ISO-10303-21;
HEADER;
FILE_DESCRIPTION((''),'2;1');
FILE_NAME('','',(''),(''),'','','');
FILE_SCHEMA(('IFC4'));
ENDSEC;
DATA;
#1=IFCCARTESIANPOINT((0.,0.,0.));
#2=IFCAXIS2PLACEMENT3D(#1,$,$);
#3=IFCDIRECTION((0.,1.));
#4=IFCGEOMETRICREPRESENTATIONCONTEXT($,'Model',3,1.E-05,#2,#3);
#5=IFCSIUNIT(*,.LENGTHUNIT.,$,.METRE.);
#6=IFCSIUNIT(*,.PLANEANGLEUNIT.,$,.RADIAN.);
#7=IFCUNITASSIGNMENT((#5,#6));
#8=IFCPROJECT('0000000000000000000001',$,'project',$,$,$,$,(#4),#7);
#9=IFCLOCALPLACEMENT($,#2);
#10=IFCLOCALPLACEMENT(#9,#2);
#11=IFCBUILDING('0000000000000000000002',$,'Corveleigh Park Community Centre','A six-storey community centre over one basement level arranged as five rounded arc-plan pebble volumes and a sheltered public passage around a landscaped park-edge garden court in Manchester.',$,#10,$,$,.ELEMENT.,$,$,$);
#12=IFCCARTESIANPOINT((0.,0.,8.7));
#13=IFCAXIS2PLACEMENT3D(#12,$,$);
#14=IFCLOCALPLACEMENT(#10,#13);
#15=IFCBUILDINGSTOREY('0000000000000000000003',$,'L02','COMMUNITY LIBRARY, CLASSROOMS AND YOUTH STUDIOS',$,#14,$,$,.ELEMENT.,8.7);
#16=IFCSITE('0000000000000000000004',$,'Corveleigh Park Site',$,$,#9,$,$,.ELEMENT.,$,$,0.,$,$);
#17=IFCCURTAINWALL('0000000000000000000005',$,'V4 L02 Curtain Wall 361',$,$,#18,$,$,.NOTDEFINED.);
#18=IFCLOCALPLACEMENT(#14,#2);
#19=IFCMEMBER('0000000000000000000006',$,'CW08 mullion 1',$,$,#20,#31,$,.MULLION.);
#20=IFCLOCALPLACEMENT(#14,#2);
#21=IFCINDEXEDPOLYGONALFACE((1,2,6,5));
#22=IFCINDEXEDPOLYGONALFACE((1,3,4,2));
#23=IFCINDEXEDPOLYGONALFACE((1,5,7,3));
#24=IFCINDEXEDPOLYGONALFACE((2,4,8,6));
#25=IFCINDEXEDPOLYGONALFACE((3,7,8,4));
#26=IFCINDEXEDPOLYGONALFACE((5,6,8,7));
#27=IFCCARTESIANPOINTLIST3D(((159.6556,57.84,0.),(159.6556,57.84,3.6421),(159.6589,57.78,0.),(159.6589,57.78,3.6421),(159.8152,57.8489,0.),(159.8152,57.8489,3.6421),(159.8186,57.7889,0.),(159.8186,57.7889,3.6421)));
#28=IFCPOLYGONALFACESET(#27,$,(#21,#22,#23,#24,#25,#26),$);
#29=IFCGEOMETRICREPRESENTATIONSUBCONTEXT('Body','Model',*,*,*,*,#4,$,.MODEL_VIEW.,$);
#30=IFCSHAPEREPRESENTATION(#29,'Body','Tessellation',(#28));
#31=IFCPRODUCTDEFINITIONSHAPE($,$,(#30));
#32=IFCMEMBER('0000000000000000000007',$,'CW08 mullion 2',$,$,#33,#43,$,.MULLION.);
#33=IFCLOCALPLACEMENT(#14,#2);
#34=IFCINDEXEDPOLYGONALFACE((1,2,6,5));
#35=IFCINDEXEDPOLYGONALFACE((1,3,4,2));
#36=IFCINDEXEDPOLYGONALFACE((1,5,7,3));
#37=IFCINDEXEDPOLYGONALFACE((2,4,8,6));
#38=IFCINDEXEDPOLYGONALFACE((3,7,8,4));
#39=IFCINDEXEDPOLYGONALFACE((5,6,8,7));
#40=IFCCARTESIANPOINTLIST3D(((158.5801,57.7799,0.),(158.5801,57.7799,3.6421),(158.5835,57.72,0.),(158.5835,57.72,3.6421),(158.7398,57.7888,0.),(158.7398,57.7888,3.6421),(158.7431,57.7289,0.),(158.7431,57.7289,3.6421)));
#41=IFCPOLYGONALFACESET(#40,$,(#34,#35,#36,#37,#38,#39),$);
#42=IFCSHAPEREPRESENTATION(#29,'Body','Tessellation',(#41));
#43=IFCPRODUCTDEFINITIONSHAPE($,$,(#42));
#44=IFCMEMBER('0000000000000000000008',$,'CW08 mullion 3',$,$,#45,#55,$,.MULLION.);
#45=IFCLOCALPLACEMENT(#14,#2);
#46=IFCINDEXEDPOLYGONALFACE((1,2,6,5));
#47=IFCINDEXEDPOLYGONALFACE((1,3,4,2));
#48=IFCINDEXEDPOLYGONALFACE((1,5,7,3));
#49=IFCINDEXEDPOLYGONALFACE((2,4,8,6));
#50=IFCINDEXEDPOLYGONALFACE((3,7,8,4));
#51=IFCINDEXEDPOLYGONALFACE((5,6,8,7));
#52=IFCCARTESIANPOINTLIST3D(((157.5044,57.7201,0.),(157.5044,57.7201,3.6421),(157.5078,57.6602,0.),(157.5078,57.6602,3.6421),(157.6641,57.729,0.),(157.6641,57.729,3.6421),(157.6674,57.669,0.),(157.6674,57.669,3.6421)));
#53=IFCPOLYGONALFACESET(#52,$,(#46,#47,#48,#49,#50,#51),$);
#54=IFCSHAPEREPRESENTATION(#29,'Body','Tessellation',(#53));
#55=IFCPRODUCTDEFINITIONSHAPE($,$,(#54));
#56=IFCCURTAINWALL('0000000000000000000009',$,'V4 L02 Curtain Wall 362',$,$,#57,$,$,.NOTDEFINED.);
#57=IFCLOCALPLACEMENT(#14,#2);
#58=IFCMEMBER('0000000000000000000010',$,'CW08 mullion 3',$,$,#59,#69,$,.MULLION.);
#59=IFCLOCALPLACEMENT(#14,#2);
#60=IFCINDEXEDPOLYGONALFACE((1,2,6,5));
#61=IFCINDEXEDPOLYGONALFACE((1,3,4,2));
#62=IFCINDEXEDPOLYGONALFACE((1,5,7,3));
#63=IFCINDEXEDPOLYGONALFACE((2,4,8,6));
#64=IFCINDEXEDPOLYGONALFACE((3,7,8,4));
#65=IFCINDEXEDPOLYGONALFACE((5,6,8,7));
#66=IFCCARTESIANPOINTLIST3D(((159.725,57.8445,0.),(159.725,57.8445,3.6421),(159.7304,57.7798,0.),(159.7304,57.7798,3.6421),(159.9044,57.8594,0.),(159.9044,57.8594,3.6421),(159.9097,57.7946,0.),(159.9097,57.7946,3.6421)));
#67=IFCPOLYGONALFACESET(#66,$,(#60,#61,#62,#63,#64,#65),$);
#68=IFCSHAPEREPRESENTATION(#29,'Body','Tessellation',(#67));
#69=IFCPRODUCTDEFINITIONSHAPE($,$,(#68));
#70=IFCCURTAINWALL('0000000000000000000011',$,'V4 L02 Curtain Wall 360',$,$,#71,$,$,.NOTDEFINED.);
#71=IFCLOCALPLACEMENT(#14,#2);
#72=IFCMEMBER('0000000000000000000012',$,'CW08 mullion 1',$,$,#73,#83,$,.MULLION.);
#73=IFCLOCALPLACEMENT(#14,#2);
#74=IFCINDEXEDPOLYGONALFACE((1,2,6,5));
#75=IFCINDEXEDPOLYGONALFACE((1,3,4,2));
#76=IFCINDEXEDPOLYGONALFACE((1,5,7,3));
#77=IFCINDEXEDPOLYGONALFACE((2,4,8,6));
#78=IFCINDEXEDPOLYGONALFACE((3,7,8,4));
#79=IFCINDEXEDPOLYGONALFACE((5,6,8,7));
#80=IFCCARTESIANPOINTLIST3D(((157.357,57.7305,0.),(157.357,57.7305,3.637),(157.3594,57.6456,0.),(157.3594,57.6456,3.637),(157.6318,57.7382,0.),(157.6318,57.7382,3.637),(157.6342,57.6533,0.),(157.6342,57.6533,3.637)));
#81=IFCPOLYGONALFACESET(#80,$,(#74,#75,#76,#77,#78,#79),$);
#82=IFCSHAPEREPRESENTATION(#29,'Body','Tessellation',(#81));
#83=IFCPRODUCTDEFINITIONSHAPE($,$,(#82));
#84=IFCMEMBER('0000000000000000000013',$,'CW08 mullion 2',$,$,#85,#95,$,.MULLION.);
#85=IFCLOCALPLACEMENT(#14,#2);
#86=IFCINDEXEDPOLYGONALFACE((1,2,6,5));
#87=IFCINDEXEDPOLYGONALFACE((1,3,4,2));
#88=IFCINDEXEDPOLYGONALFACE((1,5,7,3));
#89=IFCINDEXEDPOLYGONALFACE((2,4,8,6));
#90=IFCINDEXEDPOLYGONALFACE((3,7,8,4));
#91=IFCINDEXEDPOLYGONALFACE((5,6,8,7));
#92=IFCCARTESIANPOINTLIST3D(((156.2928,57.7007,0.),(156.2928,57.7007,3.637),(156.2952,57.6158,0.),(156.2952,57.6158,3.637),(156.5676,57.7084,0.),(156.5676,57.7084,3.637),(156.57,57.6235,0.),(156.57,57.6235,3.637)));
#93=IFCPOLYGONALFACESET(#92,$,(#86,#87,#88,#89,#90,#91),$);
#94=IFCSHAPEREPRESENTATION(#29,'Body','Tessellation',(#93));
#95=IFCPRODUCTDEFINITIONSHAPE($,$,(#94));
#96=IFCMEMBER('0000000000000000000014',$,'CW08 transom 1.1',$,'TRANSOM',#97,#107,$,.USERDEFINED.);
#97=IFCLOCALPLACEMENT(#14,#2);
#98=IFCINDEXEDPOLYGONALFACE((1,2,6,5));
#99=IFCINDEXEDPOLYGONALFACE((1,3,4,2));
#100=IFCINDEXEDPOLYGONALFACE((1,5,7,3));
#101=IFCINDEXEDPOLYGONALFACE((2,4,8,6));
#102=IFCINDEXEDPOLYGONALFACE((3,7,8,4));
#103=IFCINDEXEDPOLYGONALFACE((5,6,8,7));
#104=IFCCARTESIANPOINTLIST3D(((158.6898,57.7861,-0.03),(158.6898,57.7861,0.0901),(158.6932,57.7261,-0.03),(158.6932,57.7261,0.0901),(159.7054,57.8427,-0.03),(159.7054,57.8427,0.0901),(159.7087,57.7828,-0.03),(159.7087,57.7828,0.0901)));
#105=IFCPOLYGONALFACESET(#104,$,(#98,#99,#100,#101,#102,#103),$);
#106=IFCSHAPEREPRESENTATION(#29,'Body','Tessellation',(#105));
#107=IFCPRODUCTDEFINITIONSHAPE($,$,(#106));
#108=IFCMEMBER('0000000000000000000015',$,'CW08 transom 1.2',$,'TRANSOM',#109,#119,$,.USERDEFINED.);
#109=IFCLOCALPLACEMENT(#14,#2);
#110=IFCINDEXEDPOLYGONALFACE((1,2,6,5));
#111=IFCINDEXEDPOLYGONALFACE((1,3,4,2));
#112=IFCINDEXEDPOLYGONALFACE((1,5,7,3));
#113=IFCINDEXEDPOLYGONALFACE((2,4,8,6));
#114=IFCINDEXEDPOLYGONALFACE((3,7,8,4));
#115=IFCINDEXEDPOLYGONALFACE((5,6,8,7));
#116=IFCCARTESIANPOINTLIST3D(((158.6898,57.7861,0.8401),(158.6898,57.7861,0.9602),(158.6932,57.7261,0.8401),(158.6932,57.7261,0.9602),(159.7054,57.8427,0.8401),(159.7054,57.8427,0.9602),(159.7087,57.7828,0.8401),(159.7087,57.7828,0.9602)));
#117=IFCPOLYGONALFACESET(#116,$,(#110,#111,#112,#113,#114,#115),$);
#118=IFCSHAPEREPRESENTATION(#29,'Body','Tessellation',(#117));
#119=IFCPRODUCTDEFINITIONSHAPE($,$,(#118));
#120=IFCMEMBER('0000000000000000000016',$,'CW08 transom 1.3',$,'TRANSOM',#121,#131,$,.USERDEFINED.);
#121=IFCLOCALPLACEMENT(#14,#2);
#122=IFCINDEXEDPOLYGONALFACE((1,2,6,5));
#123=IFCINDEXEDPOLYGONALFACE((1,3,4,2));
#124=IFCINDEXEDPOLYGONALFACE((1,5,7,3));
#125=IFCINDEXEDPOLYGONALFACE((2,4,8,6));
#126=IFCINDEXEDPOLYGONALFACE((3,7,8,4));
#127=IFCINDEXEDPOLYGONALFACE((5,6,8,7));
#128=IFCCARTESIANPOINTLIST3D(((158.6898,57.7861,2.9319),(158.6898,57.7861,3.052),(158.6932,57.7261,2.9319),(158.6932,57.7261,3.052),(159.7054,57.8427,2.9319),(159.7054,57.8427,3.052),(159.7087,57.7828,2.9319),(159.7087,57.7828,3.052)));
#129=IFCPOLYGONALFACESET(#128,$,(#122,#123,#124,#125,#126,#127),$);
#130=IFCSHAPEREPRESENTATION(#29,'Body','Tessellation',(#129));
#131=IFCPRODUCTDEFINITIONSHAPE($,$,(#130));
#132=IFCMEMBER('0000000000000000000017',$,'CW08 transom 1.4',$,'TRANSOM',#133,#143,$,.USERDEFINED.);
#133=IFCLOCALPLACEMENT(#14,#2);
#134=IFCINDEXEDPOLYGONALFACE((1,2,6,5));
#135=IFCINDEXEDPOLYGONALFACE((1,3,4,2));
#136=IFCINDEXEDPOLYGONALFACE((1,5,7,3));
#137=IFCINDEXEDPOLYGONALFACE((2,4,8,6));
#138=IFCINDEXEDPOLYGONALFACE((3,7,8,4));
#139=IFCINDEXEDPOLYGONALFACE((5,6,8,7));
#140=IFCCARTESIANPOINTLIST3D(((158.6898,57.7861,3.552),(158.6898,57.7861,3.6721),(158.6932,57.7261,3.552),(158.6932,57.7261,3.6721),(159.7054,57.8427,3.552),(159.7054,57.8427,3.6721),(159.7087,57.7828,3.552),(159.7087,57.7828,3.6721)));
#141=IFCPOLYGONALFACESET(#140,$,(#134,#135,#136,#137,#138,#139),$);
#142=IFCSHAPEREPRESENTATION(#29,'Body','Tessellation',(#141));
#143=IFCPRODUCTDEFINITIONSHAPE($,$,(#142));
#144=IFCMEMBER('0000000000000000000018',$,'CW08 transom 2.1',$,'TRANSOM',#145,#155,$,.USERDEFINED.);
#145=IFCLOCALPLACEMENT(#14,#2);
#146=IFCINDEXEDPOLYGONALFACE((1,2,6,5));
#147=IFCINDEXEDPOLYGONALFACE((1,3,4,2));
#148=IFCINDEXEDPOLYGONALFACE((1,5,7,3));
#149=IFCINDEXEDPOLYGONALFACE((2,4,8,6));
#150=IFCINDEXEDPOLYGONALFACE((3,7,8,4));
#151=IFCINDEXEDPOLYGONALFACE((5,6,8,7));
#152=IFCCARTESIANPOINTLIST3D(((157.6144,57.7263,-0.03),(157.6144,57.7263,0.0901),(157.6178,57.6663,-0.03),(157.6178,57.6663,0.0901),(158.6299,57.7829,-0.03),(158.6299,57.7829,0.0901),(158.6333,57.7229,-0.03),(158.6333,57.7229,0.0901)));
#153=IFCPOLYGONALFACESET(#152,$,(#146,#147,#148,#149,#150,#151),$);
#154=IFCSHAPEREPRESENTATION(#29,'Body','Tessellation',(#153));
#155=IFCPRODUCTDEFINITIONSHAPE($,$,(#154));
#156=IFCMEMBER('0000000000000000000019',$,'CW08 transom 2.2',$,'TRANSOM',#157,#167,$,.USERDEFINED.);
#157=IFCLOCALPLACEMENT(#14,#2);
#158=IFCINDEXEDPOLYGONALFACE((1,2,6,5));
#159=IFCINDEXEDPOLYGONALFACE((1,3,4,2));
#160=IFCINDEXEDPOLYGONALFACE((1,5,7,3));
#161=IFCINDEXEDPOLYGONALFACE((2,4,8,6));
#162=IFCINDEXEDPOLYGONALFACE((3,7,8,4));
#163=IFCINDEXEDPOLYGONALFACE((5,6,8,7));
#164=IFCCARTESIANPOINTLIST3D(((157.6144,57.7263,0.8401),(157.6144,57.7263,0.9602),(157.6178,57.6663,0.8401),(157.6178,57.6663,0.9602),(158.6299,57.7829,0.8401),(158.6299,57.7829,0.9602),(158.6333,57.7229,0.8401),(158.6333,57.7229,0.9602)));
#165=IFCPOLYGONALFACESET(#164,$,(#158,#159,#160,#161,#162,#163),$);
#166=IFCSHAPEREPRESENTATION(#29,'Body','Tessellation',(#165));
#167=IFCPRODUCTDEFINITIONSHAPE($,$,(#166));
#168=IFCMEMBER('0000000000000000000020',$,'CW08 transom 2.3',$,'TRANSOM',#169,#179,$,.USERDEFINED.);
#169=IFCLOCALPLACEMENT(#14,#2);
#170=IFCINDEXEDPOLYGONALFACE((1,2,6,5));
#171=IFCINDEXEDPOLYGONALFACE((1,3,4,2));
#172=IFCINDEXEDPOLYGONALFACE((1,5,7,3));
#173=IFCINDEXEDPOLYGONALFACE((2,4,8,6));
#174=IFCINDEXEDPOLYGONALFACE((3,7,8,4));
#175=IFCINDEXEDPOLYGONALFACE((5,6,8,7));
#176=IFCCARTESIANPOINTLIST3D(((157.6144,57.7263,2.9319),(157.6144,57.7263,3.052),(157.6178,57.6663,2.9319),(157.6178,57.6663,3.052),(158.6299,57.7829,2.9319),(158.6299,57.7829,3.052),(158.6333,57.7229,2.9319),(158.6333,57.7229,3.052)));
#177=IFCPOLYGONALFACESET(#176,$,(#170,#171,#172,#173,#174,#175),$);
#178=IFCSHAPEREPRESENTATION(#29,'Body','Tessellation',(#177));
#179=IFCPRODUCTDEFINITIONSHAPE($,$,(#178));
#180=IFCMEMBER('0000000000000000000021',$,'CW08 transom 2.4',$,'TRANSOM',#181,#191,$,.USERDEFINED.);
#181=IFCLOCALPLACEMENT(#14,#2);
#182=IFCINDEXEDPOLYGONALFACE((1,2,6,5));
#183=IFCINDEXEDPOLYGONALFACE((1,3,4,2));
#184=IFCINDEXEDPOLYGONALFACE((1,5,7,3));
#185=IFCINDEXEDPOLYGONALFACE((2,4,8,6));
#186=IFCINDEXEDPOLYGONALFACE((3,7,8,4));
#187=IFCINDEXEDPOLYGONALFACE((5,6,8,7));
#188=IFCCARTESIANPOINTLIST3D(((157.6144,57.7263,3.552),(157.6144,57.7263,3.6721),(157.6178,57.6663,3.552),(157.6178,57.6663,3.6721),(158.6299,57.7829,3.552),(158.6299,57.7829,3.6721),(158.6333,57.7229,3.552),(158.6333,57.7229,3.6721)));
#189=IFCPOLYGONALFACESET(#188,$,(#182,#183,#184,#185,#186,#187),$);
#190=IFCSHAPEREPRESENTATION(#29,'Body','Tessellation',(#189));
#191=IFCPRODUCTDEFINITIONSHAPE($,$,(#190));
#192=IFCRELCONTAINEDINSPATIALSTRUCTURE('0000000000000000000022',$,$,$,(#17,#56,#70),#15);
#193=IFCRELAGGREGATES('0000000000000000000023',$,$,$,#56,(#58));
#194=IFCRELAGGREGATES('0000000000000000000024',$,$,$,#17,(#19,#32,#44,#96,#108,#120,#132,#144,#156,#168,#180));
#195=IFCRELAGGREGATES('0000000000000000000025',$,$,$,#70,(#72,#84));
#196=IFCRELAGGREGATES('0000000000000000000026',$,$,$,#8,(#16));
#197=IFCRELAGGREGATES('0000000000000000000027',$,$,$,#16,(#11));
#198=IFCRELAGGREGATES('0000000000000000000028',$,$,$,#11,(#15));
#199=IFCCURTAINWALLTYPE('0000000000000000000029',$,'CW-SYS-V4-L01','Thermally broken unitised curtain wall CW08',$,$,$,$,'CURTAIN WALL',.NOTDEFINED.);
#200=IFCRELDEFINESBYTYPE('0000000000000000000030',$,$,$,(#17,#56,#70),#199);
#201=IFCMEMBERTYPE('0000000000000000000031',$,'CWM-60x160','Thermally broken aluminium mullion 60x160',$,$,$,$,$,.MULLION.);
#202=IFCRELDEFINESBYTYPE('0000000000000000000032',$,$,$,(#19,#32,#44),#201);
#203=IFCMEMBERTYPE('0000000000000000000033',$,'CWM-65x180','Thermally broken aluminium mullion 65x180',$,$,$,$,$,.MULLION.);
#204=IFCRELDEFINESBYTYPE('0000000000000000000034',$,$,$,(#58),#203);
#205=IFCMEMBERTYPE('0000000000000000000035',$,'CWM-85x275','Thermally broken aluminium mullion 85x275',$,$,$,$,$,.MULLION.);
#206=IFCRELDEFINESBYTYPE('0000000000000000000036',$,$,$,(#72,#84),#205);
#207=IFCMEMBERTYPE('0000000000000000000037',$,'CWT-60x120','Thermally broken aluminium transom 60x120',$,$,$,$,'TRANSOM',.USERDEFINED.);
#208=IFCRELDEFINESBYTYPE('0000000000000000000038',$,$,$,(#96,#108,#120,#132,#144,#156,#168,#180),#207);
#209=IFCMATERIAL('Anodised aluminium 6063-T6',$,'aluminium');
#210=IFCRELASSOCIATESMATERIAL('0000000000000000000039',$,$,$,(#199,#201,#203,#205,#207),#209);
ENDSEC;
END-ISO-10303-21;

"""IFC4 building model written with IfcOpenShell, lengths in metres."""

from ifc_helpers import new_model, si_unit, direction, frame, origin, origin_2d, place, context, subcontext, project, spatial, rectangle, extrude, material, material_profile, profile_set, type_object, element, aggregate, save


model = new_model("IFC4")

# Units and contexts
model_context = context("Model", 3, precision=1e-05, world=origin(), true_north=direction((0.0, 1.0)))
body_context = subcontext(model_context, "Body", "Model", "MODEL_VIEW")
ifc_project = project(units=[si_unit("LENGTHUNIT", "METRE"), si_unit("PLANEANGLEUNIT", "RADIAN")], contexts=[model_context])

# Site, building, storey
site_placement = place(None, origin())
site = spatial("IfcSite", under=ifc_project, at=site_placement, Name="Corveleigh Park Site", CompositionType="ELEMENT", RefElevation=0.0)
building_placement = place(site_placement, origin())
building = spatial("IfcBuilding", under=site, at=building_placement, Name="Corveleigh Park Community Centre", Description="A six-storey community centre over one basement level arranged as five rounded arc-plan pebble volumes and a sheltered public passage around a landscaped park-edge garden court in Manchester.", CompositionType="ELEMENT")
storey_placement = place(building_placement, frame((0.0, 0.0, 8.7)))
storey = spatial("IfcBuildingStorey", under=building, at=storey_placement, Name="L02", Description="COMMUNITY LIBRARY, CLASSROOMS AND YOUTH STUDIOS", CompositionType="ELEMENT", Elevation=8.7)

# Curtain wall, members
ifc_material_1 = material(Name="Anodised aluminium 6063-T6", Category="aluminium")
curtain_wall_type = type_object("IfcCurtainWallType", Name="CW-SYS-V4-L01", Description="Thermally broken unitised curtain wall CW08", ElementType="CURTAIN WALL", PredefinedType="NOTDEFINED", material=ifc_material_1)
curtain_wall_1_placement = place(storey_placement, origin())
curtain_wall_1 = element("IfcCurtainWall", 1, at=curtain_wall_1_placement, inside=storey, type_object=curtain_wall_type, Name="V4 L02 Curtain Wall 361", PredefinedType="NOTDEFINED")
ifc_material_profile_1 = material_profile(ifc_material_1, rectangle(XDim=0.0601, YDim=0.1599, at=origin_2d()), Name="ALU-M60x160", Category="aluminium")
ifc_profile_set_1 = profile_set([ifc_material_profile_1], Name="Anodised aluminium 6063-T6")
member_type_1 = type_object("IfcMemberType", Name="CWM-60x160", Description="Thermally broken aluminium mullion 60x160", PredefinedType="MULLION", material=ifc_profile_set_1)
member_1_placement = place(storey_placement, frame((159.7371, 57.8145, 0.0), z_axis=(0.0, 0.0, 1.0), x_axis=(0.055545, -0.998456, 0.0)))
member_1 = element("IfcMember", 2, at=member_1_placement, type_object=member_type_1, Name="CW08 mullion 1", PredefinedType="MULLION", context=body_context, shape_type="SweptSolid", body=[
    extrude(rectangle(XDim=0.0601, YDim=0.1599, at=origin_2d()), origin(), (0.0, 0.0, 1.0), 3.6421),
])
member_2_placement = place(storey_placement, frame((158.6616, 57.7544, 0.0), z_axis=(0.0, 0.0, 1.0), x_axis=(0.055545, -0.998456, 0.0)))
member_2 = element("IfcMember", 3, at=member_2_placement, type_object=member_type_1, Name="CW08 mullion 2", PredefinedType="MULLION", context=body_context, shape_type="SweptSolid", body=[
    extrude(rectangle(XDim=0.0601, YDim=0.1599, at=origin_2d()), origin(), (0.0, 0.0, 1.0), 3.6421),
])
member_3_placement = place(storey_placement, frame((157.5859, 57.6946, 0.0), z_axis=(0.0, 0.0, 1.0), x_axis=(0.055545, -0.998456, 0.0)))
member_3 = element("IfcMember", 4, at=member_3_placement, type_object=member_type_1, Name="CW08 mullion 3", PredefinedType="MULLION", context=body_context, shape_type="SweptSolid", body=[
    extrude(rectangle(XDim=0.0601, YDim=0.1599, at=origin_2d()), origin(), (0.0, 0.0, 1.0), 3.6421),
])

# Curtain wall, member
curtain_wall_2_placement = place(storey_placement, origin())
curtain_wall_2 = element("IfcCurtainWall", 5, at=curtain_wall_2_placement, inside=storey, type_object=curtain_wall_type, Name="V4 L02 Curtain Wall 362", PredefinedType="NOTDEFINED")
ifc_material_profile_2 = material_profile(ifc_material_1, rectangle(XDim=0.0649, YDim=0.1799, at=origin_2d()), Name="ALU-M65x180", Category="aluminium")
ifc_profile_set_2 = profile_set([ifc_material_profile_2], Name="Anodised aluminium 6063-T6")
member_type_2 = type_object("IfcMemberType", Name="CWM-65x180", Description="Thermally broken aluminium mullion 65x180", PredefinedType="MULLION", material=ifc_profile_set_2)
member_4_placement = place(storey_placement, frame((159.8174, 57.8196, 0.0), z_axis=(0.0, 0.0, 1.0), x_axis=(0.082371, -0.996602, 0.0)))
member_4 = element("IfcMember", 6, at=member_4_placement, type_object=member_type_2, Name="CW08 mullion 3", PredefinedType="MULLION", context=body_context, shape_type="SweptSolid", body=[
    extrude(rectangle(XDim=0.0649, YDim=0.1799, at=origin_2d()), origin(), (0.0, 0.0, 1.0), 3.6421),
])
aggregate(curtain_wall_2, [member_4])

# Curtain wall, members
curtain_wall_3_placement = place(storey_placement, origin())
curtain_wall_3 = element("IfcCurtainWall", 7, at=curtain_wall_3_placement, inside=storey, type_object=curtain_wall_type, Name="V4 L02 Curtain Wall 360", PredefinedType="NOTDEFINED")
ifc_material_profile_3 = material_profile(ifc_material_1, rectangle(XDim=0.085, YDim=0.2749, at=origin_2d()), Name="ALU-M85x275", Category="aluminium")
ifc_profile_set_3 = profile_set([ifc_material_profile_3], Name="Anodised aluminium 6063-T6")
member_type_3 = type_object("IfcMemberType", Name="CWM-85x275", Description="Thermally broken aluminium mullion 85x275", PredefinedType="MULLION", material=ifc_profile_set_3)
member_5_placement = place(storey_placement, frame((157.4956, 57.6919, 0.0), z_axis=(0.0, 0.0, 1.0), x_axis=(0.028005, -0.999608, 0.0)))
member_5 = element("IfcMember", 8, at=member_5_placement, type_object=member_type_3, Name="CW08 mullion 1", PredefinedType="MULLION", context=body_context, shape_type="SweptSolid", body=[
    extrude(rectangle(XDim=0.085, YDim=0.2749, at=origin_2d()), origin(), (0.0, 0.0, 1.0), 3.637),
])
member_6_placement = place(storey_placement, frame((156.4314, 57.6621, 0.0), z_axis=(0.0, 0.0, 1.0), x_axis=(0.028005, -0.999608, 0.0)))
member_6 = element("IfcMember", 9, at=member_6_placement, type_object=member_type_3, Name="CW08 mullion 2", PredefinedType="MULLION", context=body_context, shape_type="SweptSolid", body=[
    extrude(rectangle(XDim=0.085, YDim=0.2749, at=origin_2d()), origin(), (0.0, 0.0, 1.0), 3.637),
])

# Members
ifc_material_profile_4 = material_profile(ifc_material_1, rectangle(XDim=0.0601, YDim=0.1201, at=origin_2d()), Name="ALU-T60x120", Category="aluminium")
ifc_profile_set_4 = profile_set([ifc_material_profile_4], Name="Anodised aluminium 6063-T6")
member_type_4 = type_object("IfcMemberType", Name="CWT-60x120", Description="Thermally broken aluminium transom 60x120", ElementType="TRANSOM", PredefinedType="USERDEFINED", material=ifc_profile_set_4)
member_7_placement = place(storey_placement, frame((159.707, 57.8127, 0.03), z_axis=(-0.998449, -0.055683, 0.0), x_axis=(0.055683, -0.998449, 0.0)))
member_7 = element("IfcMember", 10, at=member_7_placement, type_object=member_type_4, Name="CW08 transom 1.1", ObjectType="TRANSOM", PredefinedType="USERDEFINED", context=body_context, shape_type="SweptSolid", body=[
    extrude(rectangle(XDim=0.0601, YDim=0.1201, at=origin_2d()), origin(), (0.0, 0.0, 1.0), 1.0171),
])
member_8_placement = place(storey_placement, frame((159.707, 57.8127, 0.9001), z_axis=(-0.998449, -0.055683, 0.0), x_axis=(0.055683, -0.998449, 0.0)))
member_8 = element("IfcMember", 11, at=member_8_placement, type_object=member_type_4, Name="CW08 transom 1.2", ObjectType="TRANSOM", PredefinedType="USERDEFINED", context=body_context, shape_type="SweptSolid", body=[
    extrude(rectangle(XDim=0.0601, YDim=0.1201, at=origin_2d()), origin(), (0.0, 0.0, 1.0), 1.0171),
])
member_9_placement = place(storey_placement, frame((159.707, 57.8127, 2.9919), z_axis=(-0.998449, -0.055683, 0.0), x_axis=(0.055683, -0.998449, 0.0)))
member_9 = element("IfcMember", 12, at=member_9_placement, type_object=member_type_4, Name="CW08 transom 1.3", ObjectType="TRANSOM", PredefinedType="USERDEFINED", context=body_context, shape_type="SweptSolid", body=[
    extrude(rectangle(XDim=0.0601, YDim=0.1201, at=origin_2d()), origin(), (0.0, 0.0, 1.0), 1.0171),
])
member_10_placement = place(storey_placement, frame((159.707, 57.8127, 3.6121), z_axis=(-0.998449, -0.055683, 0.0), x_axis=(0.055683, -0.998449, 0.0)))
member_10 = element("IfcMember", 13, at=member_10_placement, type_object=member_type_4, Name="CW08 transom 1.4", ObjectType="TRANSOM", PredefinedType="USERDEFINED", context=body_context, shape_type="SweptSolid", body=[
    extrude(rectangle(XDim=0.0601, YDim=0.1201, at=origin_2d()), origin(), (0.0, 0.0, 1.0), 1.0171),
])
member_11_placement = place(storey_placement, frame((158.6316, 57.7529, 0.03), z_axis=(-0.998449, -0.055683, 0.0), x_axis=(0.055683, -0.998449, 0.0)))
member_11 = element("IfcMember", 14, at=member_11_placement, type_object=member_type_4, Name="CW08 transom 2.1", ObjectType="TRANSOM", PredefinedType="USERDEFINED", context=body_context, shape_type="SweptSolid", body=[
    extrude(rectangle(XDim=0.0601, YDim=0.1201, at=origin_2d()), origin(), (0.0, 0.0, 1.0), 1.0171),
])
member_12_placement = place(storey_placement, frame((158.6316, 57.7529, 0.9001), z_axis=(-0.998449, -0.055683, 0.0), x_axis=(0.055683, -0.998449, 0.0)))
member_12 = element("IfcMember", 15, at=member_12_placement, type_object=member_type_4, Name="CW08 transom 2.2", ObjectType="TRANSOM", PredefinedType="USERDEFINED", context=body_context, shape_type="SweptSolid", body=[
    extrude(rectangle(XDim=0.0601, YDim=0.1201, at=origin_2d()), origin(), (0.0, 0.0, 1.0), 1.0171),
])
member_13_placement = place(storey_placement, frame((158.6316, 57.7529, 2.9919), z_axis=(-0.998449, -0.055683, 0.0), x_axis=(0.055683, -0.998449, 0.0)))
member_13 = element("IfcMember", 16, at=member_13_placement, type_object=member_type_4, Name="CW08 transom 2.3", ObjectType="TRANSOM", PredefinedType="USERDEFINED", context=body_context, shape_type="SweptSolid", body=[
    extrude(rectangle(XDim=0.0601, YDim=0.1201, at=origin_2d()), origin(), (0.0, 0.0, 1.0), 1.0171),
])
member_14_placement = place(storey_placement, frame((158.6316, 57.7529, 3.6121), z_axis=(-0.998449, -0.055683, 0.0), x_axis=(0.055683, -0.998449, 0.0)))
member_14 = element("IfcMember", 17, at=member_14_placement, type_object=member_type_4, Name="CW08 transom 2.4", ObjectType="TRANSOM", PredefinedType="USERDEFINED", context=body_context, shape_type="SweptSolid", body=[
    extrude(rectangle(XDim=0.0601, YDim=0.1201, at=origin_2d()), origin(), (0.0, 0.0, 1.0), 1.0171),
])

aggregate(curtain_wall_1, [member_1, member_2, member_3, member_7, member_8, member_9, member_10, member_11, member_12, member_13, member_14])
aggregate(curtain_wall_3, [member_5, member_6])

save(model, "model.ifc")
